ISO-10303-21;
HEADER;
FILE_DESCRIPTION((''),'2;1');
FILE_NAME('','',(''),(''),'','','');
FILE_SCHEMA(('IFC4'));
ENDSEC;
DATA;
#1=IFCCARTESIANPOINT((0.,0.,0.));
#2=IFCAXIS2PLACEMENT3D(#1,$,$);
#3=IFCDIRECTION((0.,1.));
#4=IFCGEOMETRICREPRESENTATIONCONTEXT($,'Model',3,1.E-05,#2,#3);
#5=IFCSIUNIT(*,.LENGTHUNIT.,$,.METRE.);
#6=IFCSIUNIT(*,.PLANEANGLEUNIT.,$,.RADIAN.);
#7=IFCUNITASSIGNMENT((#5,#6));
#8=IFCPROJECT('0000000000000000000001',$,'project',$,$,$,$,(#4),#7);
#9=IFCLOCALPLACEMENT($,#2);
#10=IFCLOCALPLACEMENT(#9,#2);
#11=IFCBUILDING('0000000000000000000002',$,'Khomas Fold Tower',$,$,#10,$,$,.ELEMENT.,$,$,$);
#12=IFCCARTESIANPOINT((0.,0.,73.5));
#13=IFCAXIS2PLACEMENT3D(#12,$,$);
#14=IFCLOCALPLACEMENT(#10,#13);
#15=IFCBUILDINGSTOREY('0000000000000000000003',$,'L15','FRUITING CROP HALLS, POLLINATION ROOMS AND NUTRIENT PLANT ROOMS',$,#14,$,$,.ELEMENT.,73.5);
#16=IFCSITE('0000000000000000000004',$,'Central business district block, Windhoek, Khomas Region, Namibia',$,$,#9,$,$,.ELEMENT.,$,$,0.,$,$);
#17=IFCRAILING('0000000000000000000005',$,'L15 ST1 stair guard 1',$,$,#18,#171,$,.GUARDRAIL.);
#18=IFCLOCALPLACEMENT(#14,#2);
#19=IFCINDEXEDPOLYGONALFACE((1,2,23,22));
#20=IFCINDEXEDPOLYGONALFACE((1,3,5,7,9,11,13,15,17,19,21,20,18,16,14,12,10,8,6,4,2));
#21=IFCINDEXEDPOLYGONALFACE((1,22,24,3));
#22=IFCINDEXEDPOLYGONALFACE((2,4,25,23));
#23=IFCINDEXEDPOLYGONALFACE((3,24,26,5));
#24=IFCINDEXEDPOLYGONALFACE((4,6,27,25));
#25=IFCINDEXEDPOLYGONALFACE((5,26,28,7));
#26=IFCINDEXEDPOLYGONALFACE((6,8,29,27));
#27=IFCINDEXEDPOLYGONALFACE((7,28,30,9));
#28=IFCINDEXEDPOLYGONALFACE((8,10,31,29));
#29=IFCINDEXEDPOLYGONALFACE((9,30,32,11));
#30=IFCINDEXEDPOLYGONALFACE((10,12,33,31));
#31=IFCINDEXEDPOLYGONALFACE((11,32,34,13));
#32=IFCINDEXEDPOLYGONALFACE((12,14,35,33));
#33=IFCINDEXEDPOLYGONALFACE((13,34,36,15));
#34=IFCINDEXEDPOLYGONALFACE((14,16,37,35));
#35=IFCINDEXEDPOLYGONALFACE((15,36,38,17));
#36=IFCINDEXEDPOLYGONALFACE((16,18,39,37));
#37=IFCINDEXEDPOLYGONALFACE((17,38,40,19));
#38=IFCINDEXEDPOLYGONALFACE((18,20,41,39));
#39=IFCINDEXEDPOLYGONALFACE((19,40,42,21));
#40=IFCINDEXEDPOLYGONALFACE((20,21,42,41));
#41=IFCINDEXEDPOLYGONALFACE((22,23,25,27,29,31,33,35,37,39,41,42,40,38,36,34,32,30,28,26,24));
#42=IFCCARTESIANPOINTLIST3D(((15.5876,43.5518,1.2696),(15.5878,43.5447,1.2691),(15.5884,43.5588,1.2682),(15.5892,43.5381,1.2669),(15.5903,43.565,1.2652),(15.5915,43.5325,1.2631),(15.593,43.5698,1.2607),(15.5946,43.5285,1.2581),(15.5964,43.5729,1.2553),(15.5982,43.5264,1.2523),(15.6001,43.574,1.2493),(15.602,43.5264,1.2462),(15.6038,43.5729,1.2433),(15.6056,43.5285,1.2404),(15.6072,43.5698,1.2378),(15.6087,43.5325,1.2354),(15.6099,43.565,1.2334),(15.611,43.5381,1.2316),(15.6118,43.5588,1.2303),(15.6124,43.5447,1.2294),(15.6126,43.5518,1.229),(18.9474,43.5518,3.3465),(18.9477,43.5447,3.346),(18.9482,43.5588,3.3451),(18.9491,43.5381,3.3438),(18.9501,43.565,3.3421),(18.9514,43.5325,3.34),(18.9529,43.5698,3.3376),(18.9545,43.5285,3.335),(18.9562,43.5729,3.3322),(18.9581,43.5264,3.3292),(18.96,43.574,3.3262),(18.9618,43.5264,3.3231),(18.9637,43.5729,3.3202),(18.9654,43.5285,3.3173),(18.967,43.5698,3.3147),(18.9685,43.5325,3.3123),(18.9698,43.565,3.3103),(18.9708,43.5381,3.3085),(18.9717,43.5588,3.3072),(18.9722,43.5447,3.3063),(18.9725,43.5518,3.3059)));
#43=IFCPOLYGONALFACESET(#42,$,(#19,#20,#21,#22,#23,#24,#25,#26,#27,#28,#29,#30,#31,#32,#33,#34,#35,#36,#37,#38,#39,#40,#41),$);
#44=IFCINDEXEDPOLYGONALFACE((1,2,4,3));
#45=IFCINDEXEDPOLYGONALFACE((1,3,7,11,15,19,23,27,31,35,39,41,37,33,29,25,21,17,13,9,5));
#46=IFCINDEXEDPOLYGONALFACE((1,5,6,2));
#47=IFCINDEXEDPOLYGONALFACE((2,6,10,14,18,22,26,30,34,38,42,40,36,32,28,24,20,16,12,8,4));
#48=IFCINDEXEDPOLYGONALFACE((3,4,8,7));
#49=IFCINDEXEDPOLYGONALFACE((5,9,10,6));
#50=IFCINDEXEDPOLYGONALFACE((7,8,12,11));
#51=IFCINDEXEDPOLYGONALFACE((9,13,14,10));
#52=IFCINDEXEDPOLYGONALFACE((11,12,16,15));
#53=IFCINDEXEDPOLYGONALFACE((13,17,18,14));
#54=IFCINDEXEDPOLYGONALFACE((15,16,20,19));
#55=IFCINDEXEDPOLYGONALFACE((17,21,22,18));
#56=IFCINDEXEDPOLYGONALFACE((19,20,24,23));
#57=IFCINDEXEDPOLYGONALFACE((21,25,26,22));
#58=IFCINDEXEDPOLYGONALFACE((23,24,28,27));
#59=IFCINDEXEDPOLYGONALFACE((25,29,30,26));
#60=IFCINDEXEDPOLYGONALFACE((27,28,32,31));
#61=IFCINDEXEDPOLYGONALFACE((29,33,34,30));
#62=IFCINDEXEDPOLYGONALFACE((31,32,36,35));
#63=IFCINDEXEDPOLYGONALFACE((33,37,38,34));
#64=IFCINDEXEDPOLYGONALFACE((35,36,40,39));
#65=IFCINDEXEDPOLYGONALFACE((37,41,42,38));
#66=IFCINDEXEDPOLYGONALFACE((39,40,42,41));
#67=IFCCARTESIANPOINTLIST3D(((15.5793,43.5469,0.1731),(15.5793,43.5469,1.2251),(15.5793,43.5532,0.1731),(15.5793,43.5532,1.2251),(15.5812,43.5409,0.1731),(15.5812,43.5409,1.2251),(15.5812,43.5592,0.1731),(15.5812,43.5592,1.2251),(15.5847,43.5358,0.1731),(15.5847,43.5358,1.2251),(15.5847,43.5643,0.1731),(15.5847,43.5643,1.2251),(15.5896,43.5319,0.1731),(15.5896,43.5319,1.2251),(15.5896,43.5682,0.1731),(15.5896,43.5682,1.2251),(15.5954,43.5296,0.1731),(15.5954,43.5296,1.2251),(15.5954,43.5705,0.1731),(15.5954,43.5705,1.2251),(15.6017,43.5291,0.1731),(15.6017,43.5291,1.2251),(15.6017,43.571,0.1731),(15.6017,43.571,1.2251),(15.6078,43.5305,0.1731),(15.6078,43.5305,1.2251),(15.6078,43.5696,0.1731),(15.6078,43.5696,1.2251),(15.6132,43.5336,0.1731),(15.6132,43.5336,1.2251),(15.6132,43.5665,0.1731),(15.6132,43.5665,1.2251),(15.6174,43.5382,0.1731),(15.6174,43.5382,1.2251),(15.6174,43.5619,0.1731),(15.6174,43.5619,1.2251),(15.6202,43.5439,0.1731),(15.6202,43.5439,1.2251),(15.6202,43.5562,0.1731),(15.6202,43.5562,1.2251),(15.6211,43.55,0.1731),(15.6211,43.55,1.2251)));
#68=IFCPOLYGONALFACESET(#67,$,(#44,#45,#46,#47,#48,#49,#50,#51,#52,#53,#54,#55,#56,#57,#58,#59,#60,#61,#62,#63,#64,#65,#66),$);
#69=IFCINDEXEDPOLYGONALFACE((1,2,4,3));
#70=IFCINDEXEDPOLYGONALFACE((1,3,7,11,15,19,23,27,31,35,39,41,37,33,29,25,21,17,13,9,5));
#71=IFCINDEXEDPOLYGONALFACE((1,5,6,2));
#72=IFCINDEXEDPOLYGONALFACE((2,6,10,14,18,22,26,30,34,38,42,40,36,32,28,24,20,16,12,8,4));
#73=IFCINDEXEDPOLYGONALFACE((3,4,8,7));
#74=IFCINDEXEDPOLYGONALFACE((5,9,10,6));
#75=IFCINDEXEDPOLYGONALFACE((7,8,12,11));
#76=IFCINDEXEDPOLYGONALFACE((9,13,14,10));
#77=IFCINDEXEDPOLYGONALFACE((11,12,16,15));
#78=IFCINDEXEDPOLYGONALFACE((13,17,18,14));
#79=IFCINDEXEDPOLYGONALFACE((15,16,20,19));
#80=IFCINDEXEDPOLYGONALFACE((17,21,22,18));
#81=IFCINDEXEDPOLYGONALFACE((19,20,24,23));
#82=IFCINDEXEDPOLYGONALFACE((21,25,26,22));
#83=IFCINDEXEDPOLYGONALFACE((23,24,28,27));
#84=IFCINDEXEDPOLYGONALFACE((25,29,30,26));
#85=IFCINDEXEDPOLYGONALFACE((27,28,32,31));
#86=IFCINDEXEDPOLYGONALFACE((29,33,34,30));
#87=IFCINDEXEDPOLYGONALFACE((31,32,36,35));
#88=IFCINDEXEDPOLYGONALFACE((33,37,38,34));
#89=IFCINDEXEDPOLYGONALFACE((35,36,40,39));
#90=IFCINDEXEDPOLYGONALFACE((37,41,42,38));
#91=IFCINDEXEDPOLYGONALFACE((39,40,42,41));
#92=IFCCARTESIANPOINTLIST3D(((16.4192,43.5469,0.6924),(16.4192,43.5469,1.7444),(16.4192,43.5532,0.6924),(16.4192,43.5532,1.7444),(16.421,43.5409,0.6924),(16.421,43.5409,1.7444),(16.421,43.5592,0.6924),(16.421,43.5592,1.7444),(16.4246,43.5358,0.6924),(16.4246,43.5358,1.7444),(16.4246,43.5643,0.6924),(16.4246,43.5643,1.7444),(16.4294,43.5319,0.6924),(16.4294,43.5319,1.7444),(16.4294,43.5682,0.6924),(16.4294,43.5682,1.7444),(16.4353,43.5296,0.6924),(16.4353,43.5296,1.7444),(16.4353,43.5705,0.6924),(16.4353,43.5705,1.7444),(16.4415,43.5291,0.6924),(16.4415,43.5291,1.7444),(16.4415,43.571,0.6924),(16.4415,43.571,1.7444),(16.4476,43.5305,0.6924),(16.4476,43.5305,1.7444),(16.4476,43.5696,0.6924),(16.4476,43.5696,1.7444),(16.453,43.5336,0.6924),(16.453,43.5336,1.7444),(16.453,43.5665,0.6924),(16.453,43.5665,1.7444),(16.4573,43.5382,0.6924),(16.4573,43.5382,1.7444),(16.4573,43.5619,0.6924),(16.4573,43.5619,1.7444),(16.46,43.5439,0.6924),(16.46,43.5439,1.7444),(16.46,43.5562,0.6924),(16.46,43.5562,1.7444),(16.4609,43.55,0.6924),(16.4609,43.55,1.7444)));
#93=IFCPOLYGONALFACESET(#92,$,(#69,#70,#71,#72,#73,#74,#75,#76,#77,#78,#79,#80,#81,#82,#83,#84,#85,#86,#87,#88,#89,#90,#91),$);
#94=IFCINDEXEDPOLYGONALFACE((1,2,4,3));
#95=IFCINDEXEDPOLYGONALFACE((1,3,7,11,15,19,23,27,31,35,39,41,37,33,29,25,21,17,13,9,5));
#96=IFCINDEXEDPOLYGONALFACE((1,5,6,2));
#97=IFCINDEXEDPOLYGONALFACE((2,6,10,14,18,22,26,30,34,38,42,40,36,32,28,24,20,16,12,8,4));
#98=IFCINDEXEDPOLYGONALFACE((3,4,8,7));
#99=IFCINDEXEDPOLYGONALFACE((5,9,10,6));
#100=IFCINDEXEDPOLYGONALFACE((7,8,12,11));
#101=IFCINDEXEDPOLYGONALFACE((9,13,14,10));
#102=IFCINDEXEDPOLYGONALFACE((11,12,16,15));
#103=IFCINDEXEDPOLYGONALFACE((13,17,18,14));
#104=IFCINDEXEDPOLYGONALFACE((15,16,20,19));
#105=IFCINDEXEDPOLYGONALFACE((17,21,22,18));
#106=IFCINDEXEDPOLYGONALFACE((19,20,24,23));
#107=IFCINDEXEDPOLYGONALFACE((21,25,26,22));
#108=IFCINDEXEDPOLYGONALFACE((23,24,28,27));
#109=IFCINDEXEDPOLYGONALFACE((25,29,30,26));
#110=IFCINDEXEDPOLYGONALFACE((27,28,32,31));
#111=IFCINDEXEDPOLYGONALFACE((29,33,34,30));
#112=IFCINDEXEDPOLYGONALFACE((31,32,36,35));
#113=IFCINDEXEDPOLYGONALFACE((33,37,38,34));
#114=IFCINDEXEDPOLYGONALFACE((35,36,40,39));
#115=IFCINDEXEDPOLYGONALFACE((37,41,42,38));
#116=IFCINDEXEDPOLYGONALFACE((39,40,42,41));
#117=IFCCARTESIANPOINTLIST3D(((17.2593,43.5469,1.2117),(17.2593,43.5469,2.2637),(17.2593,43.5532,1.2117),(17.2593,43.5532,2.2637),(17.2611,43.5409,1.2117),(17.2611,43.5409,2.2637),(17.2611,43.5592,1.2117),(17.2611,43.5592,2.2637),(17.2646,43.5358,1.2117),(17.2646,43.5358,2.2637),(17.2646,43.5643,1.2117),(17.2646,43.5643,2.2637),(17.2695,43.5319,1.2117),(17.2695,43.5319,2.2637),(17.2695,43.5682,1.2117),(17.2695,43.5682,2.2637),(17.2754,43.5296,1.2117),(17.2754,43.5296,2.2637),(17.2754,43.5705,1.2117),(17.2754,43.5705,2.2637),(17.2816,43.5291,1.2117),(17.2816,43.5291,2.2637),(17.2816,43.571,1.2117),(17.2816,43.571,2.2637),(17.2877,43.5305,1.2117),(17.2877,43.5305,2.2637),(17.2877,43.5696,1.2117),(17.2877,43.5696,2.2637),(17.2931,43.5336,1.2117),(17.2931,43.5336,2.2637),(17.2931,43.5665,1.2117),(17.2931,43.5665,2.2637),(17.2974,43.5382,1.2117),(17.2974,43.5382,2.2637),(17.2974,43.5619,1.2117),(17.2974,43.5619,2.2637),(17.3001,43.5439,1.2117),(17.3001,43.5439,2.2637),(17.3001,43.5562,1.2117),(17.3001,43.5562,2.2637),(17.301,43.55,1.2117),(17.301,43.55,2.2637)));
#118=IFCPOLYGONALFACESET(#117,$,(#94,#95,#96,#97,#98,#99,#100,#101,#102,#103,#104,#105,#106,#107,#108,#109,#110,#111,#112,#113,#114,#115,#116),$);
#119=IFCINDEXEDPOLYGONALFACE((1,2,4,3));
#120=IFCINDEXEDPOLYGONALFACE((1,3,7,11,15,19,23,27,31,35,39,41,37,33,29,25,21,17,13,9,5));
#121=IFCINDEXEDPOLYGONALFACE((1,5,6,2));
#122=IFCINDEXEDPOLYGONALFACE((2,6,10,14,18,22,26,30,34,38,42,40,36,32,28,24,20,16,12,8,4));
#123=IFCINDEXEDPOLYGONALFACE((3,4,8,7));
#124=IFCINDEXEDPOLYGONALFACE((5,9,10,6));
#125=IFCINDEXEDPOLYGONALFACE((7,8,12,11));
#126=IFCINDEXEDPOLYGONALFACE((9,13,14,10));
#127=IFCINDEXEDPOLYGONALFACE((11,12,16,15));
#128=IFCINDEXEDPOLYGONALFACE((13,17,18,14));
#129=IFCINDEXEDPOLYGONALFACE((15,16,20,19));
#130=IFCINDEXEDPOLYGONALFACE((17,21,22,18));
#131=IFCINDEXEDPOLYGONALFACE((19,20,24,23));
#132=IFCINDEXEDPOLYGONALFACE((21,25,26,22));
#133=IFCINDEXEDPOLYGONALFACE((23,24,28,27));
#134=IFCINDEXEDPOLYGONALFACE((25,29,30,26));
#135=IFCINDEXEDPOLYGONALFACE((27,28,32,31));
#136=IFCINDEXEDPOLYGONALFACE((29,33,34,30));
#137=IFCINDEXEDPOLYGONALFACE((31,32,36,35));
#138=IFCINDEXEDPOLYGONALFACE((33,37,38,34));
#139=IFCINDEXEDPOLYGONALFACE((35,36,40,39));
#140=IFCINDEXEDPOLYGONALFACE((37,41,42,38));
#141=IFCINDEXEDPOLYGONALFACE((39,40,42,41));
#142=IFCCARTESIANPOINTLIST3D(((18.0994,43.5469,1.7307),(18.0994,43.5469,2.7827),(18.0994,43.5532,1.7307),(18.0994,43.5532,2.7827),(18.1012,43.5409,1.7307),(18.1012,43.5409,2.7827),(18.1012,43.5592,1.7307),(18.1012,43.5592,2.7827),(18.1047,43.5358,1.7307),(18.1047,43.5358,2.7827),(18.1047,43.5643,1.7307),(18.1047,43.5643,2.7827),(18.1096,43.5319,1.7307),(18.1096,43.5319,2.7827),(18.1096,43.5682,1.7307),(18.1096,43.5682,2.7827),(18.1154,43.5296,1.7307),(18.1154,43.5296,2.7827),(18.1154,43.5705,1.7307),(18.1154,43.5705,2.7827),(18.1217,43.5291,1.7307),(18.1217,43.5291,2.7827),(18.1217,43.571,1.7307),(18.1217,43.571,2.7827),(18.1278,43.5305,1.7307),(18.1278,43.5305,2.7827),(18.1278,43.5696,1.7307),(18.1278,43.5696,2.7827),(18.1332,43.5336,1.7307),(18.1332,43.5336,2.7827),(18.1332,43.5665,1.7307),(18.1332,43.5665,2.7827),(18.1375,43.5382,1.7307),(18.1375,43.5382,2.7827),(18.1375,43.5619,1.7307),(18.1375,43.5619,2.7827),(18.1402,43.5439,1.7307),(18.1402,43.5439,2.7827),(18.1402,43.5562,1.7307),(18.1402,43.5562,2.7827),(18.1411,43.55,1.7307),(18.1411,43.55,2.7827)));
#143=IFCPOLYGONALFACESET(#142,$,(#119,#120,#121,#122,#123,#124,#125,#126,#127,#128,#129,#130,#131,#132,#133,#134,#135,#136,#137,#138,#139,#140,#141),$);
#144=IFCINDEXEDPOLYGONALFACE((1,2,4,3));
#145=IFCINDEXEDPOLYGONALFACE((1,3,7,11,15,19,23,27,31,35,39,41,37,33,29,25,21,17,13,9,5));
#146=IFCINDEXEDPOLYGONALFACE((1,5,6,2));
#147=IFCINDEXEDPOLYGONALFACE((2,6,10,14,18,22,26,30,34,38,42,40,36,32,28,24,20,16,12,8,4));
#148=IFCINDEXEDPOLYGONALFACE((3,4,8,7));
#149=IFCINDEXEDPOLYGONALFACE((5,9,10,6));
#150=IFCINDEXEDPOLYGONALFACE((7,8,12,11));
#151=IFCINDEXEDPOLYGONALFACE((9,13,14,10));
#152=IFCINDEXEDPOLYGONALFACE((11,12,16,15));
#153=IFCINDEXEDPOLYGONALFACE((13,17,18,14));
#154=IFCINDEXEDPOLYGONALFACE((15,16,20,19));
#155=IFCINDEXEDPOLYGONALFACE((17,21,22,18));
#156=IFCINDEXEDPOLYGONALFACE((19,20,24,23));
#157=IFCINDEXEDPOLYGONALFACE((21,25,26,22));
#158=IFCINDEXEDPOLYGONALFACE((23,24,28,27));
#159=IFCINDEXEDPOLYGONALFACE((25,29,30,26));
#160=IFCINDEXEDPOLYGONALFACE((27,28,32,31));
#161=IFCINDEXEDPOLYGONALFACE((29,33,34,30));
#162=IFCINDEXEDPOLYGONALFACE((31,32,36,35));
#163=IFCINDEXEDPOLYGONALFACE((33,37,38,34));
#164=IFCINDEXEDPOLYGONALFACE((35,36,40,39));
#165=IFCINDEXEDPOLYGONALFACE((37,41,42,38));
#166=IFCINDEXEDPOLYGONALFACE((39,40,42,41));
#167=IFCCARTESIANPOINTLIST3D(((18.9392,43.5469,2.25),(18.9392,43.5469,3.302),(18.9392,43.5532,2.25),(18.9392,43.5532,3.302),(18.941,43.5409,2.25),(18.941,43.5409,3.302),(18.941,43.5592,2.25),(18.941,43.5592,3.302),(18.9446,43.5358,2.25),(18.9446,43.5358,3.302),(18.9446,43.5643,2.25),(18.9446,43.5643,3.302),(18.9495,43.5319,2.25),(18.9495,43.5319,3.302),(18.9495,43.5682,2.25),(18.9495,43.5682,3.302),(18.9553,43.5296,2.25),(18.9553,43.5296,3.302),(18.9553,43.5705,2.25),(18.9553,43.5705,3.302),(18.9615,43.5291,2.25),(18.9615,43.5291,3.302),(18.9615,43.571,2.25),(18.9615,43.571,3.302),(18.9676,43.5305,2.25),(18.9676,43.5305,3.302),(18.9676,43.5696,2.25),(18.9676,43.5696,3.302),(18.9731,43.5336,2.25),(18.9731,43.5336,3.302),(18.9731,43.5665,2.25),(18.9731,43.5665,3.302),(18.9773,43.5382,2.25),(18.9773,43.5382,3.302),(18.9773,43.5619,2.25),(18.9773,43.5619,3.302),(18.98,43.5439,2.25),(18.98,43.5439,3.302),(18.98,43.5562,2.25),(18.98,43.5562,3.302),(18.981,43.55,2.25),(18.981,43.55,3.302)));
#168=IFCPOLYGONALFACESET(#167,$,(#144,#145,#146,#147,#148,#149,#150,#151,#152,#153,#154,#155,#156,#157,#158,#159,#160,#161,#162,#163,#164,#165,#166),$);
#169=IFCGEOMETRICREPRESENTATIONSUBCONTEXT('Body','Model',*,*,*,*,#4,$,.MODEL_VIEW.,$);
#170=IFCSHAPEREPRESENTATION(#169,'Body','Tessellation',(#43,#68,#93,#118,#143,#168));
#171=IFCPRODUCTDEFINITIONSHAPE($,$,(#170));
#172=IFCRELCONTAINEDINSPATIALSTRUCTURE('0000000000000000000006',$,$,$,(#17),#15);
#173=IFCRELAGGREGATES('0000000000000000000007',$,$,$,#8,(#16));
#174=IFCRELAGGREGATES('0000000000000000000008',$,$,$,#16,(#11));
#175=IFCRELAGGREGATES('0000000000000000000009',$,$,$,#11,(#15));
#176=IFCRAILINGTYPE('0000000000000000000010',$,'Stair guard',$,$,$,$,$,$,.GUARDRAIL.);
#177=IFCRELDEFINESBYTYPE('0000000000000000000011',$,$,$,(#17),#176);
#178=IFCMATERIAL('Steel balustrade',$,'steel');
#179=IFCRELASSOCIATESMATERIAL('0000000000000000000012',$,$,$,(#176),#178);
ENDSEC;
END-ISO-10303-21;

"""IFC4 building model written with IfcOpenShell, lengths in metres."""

from ifc_helpers import new_model, si_unit, direction, frame, origin, origin_2d, place, context, subcontext, project, spatial, circle, extrude, source, transform, mapped, material, type_object, element, save


model = new_model("IFC4")

# Units and contexts
model_context = context("Model", 3, precision=1e-05, world=origin(), true_north=direction((0.0, 1.0)))
body_context = subcontext(model_context, "Body", "Model", "MODEL_VIEW")
ifc_project = project(units=[si_unit("LENGTHUNIT", "METRE"), si_unit("PLANEANGLEUNIT", "RADIAN")], contexts=[model_context])

# Site, building, storey
site_placement = place(None, origin())
site = spatial("IfcSite", under=ifc_project, at=site_placement, Name="Central business district block, Windhoek, Khomas Region, Namibia", CompositionType="ELEMENT", RefElevation=0.0)
building_placement = place(site_placement, origin())
building = spatial("IfcBuilding", under=site, at=building_placement, Name="Khomas Fold Tower", CompositionType="ELEMENT")
storey_placement = place(building_placement, frame((0.0, 0.0, 73.5)))
storey = spatial("IfcBuildingStorey", under=building, at=storey_placement, Name="L15", Description="FRUITING CROP HALLS, POLLINATION ROOMS AND NUTRIENT PLANT ROOMS", CompositionType="ELEMENT", Elevation=73.5)

# Railing
ifc_material_1 = material(Name="Steel balustrade", Category="steel")
railing_type_1 = type_object("IfcRailingType", Name="Stair guard", PredefinedType="GUARDRAIL", material=ifc_material_1)
shared_shape_1 = source(origin(), body_context, "Body", "SweptSolid", [
    extrude(circle(Radius=0.0239, at=origin_2d()), frame((0.0, 0.0, 1.0762), z_axis=(0.850606, 0.0, 0.525803), x_axis=(0.0, 1.0, 0.0)), (0.0, 0.0, 1.0), 3.95),
    extrude(circle(Radius=0.021, at=origin_2d()), origin(), (0.0, 0.0, 1.0), 1.052),
    extrude(circle(Radius=0.021, at=origin_2d()), frame((0.8398, 0.0, 0.5193)), (0.0, 0.0, 1.0), 1.052),
    extrude(circle(Radius=0.021, at=origin_2d()), frame((1.6799, 0.0, 1.0386)), (0.0, 0.0, 1.0), 1.052),
    extrude(circle(Radius=0.021, at=origin_2d()), frame((2.52, 0.0, 1.5576)), (0.0, 0.0, 1.0), 1.052),
    extrude(circle(Radius=0.021, at=origin_2d()), frame((3.3599, 0.0, 2.0769)), (0.0, 0.0, 1.0), 1.052),
])
railing_1_placement = place(storey_placement, frame((15.6001, 43.55, 0.1731)))
element("IfcRailing", 1, at=railing_1_placement, inside=storey, type_object=railing_type_1, Name="L15 ST1 stair guard 1", PredefinedType="GUARDRAIL", context=body_context, shape_type="MappedRepresentation", body=[
    mapped(shared_shape_1, transform((0.0, 0.0, 0.0))),
])

save(model, "model.ifc")
